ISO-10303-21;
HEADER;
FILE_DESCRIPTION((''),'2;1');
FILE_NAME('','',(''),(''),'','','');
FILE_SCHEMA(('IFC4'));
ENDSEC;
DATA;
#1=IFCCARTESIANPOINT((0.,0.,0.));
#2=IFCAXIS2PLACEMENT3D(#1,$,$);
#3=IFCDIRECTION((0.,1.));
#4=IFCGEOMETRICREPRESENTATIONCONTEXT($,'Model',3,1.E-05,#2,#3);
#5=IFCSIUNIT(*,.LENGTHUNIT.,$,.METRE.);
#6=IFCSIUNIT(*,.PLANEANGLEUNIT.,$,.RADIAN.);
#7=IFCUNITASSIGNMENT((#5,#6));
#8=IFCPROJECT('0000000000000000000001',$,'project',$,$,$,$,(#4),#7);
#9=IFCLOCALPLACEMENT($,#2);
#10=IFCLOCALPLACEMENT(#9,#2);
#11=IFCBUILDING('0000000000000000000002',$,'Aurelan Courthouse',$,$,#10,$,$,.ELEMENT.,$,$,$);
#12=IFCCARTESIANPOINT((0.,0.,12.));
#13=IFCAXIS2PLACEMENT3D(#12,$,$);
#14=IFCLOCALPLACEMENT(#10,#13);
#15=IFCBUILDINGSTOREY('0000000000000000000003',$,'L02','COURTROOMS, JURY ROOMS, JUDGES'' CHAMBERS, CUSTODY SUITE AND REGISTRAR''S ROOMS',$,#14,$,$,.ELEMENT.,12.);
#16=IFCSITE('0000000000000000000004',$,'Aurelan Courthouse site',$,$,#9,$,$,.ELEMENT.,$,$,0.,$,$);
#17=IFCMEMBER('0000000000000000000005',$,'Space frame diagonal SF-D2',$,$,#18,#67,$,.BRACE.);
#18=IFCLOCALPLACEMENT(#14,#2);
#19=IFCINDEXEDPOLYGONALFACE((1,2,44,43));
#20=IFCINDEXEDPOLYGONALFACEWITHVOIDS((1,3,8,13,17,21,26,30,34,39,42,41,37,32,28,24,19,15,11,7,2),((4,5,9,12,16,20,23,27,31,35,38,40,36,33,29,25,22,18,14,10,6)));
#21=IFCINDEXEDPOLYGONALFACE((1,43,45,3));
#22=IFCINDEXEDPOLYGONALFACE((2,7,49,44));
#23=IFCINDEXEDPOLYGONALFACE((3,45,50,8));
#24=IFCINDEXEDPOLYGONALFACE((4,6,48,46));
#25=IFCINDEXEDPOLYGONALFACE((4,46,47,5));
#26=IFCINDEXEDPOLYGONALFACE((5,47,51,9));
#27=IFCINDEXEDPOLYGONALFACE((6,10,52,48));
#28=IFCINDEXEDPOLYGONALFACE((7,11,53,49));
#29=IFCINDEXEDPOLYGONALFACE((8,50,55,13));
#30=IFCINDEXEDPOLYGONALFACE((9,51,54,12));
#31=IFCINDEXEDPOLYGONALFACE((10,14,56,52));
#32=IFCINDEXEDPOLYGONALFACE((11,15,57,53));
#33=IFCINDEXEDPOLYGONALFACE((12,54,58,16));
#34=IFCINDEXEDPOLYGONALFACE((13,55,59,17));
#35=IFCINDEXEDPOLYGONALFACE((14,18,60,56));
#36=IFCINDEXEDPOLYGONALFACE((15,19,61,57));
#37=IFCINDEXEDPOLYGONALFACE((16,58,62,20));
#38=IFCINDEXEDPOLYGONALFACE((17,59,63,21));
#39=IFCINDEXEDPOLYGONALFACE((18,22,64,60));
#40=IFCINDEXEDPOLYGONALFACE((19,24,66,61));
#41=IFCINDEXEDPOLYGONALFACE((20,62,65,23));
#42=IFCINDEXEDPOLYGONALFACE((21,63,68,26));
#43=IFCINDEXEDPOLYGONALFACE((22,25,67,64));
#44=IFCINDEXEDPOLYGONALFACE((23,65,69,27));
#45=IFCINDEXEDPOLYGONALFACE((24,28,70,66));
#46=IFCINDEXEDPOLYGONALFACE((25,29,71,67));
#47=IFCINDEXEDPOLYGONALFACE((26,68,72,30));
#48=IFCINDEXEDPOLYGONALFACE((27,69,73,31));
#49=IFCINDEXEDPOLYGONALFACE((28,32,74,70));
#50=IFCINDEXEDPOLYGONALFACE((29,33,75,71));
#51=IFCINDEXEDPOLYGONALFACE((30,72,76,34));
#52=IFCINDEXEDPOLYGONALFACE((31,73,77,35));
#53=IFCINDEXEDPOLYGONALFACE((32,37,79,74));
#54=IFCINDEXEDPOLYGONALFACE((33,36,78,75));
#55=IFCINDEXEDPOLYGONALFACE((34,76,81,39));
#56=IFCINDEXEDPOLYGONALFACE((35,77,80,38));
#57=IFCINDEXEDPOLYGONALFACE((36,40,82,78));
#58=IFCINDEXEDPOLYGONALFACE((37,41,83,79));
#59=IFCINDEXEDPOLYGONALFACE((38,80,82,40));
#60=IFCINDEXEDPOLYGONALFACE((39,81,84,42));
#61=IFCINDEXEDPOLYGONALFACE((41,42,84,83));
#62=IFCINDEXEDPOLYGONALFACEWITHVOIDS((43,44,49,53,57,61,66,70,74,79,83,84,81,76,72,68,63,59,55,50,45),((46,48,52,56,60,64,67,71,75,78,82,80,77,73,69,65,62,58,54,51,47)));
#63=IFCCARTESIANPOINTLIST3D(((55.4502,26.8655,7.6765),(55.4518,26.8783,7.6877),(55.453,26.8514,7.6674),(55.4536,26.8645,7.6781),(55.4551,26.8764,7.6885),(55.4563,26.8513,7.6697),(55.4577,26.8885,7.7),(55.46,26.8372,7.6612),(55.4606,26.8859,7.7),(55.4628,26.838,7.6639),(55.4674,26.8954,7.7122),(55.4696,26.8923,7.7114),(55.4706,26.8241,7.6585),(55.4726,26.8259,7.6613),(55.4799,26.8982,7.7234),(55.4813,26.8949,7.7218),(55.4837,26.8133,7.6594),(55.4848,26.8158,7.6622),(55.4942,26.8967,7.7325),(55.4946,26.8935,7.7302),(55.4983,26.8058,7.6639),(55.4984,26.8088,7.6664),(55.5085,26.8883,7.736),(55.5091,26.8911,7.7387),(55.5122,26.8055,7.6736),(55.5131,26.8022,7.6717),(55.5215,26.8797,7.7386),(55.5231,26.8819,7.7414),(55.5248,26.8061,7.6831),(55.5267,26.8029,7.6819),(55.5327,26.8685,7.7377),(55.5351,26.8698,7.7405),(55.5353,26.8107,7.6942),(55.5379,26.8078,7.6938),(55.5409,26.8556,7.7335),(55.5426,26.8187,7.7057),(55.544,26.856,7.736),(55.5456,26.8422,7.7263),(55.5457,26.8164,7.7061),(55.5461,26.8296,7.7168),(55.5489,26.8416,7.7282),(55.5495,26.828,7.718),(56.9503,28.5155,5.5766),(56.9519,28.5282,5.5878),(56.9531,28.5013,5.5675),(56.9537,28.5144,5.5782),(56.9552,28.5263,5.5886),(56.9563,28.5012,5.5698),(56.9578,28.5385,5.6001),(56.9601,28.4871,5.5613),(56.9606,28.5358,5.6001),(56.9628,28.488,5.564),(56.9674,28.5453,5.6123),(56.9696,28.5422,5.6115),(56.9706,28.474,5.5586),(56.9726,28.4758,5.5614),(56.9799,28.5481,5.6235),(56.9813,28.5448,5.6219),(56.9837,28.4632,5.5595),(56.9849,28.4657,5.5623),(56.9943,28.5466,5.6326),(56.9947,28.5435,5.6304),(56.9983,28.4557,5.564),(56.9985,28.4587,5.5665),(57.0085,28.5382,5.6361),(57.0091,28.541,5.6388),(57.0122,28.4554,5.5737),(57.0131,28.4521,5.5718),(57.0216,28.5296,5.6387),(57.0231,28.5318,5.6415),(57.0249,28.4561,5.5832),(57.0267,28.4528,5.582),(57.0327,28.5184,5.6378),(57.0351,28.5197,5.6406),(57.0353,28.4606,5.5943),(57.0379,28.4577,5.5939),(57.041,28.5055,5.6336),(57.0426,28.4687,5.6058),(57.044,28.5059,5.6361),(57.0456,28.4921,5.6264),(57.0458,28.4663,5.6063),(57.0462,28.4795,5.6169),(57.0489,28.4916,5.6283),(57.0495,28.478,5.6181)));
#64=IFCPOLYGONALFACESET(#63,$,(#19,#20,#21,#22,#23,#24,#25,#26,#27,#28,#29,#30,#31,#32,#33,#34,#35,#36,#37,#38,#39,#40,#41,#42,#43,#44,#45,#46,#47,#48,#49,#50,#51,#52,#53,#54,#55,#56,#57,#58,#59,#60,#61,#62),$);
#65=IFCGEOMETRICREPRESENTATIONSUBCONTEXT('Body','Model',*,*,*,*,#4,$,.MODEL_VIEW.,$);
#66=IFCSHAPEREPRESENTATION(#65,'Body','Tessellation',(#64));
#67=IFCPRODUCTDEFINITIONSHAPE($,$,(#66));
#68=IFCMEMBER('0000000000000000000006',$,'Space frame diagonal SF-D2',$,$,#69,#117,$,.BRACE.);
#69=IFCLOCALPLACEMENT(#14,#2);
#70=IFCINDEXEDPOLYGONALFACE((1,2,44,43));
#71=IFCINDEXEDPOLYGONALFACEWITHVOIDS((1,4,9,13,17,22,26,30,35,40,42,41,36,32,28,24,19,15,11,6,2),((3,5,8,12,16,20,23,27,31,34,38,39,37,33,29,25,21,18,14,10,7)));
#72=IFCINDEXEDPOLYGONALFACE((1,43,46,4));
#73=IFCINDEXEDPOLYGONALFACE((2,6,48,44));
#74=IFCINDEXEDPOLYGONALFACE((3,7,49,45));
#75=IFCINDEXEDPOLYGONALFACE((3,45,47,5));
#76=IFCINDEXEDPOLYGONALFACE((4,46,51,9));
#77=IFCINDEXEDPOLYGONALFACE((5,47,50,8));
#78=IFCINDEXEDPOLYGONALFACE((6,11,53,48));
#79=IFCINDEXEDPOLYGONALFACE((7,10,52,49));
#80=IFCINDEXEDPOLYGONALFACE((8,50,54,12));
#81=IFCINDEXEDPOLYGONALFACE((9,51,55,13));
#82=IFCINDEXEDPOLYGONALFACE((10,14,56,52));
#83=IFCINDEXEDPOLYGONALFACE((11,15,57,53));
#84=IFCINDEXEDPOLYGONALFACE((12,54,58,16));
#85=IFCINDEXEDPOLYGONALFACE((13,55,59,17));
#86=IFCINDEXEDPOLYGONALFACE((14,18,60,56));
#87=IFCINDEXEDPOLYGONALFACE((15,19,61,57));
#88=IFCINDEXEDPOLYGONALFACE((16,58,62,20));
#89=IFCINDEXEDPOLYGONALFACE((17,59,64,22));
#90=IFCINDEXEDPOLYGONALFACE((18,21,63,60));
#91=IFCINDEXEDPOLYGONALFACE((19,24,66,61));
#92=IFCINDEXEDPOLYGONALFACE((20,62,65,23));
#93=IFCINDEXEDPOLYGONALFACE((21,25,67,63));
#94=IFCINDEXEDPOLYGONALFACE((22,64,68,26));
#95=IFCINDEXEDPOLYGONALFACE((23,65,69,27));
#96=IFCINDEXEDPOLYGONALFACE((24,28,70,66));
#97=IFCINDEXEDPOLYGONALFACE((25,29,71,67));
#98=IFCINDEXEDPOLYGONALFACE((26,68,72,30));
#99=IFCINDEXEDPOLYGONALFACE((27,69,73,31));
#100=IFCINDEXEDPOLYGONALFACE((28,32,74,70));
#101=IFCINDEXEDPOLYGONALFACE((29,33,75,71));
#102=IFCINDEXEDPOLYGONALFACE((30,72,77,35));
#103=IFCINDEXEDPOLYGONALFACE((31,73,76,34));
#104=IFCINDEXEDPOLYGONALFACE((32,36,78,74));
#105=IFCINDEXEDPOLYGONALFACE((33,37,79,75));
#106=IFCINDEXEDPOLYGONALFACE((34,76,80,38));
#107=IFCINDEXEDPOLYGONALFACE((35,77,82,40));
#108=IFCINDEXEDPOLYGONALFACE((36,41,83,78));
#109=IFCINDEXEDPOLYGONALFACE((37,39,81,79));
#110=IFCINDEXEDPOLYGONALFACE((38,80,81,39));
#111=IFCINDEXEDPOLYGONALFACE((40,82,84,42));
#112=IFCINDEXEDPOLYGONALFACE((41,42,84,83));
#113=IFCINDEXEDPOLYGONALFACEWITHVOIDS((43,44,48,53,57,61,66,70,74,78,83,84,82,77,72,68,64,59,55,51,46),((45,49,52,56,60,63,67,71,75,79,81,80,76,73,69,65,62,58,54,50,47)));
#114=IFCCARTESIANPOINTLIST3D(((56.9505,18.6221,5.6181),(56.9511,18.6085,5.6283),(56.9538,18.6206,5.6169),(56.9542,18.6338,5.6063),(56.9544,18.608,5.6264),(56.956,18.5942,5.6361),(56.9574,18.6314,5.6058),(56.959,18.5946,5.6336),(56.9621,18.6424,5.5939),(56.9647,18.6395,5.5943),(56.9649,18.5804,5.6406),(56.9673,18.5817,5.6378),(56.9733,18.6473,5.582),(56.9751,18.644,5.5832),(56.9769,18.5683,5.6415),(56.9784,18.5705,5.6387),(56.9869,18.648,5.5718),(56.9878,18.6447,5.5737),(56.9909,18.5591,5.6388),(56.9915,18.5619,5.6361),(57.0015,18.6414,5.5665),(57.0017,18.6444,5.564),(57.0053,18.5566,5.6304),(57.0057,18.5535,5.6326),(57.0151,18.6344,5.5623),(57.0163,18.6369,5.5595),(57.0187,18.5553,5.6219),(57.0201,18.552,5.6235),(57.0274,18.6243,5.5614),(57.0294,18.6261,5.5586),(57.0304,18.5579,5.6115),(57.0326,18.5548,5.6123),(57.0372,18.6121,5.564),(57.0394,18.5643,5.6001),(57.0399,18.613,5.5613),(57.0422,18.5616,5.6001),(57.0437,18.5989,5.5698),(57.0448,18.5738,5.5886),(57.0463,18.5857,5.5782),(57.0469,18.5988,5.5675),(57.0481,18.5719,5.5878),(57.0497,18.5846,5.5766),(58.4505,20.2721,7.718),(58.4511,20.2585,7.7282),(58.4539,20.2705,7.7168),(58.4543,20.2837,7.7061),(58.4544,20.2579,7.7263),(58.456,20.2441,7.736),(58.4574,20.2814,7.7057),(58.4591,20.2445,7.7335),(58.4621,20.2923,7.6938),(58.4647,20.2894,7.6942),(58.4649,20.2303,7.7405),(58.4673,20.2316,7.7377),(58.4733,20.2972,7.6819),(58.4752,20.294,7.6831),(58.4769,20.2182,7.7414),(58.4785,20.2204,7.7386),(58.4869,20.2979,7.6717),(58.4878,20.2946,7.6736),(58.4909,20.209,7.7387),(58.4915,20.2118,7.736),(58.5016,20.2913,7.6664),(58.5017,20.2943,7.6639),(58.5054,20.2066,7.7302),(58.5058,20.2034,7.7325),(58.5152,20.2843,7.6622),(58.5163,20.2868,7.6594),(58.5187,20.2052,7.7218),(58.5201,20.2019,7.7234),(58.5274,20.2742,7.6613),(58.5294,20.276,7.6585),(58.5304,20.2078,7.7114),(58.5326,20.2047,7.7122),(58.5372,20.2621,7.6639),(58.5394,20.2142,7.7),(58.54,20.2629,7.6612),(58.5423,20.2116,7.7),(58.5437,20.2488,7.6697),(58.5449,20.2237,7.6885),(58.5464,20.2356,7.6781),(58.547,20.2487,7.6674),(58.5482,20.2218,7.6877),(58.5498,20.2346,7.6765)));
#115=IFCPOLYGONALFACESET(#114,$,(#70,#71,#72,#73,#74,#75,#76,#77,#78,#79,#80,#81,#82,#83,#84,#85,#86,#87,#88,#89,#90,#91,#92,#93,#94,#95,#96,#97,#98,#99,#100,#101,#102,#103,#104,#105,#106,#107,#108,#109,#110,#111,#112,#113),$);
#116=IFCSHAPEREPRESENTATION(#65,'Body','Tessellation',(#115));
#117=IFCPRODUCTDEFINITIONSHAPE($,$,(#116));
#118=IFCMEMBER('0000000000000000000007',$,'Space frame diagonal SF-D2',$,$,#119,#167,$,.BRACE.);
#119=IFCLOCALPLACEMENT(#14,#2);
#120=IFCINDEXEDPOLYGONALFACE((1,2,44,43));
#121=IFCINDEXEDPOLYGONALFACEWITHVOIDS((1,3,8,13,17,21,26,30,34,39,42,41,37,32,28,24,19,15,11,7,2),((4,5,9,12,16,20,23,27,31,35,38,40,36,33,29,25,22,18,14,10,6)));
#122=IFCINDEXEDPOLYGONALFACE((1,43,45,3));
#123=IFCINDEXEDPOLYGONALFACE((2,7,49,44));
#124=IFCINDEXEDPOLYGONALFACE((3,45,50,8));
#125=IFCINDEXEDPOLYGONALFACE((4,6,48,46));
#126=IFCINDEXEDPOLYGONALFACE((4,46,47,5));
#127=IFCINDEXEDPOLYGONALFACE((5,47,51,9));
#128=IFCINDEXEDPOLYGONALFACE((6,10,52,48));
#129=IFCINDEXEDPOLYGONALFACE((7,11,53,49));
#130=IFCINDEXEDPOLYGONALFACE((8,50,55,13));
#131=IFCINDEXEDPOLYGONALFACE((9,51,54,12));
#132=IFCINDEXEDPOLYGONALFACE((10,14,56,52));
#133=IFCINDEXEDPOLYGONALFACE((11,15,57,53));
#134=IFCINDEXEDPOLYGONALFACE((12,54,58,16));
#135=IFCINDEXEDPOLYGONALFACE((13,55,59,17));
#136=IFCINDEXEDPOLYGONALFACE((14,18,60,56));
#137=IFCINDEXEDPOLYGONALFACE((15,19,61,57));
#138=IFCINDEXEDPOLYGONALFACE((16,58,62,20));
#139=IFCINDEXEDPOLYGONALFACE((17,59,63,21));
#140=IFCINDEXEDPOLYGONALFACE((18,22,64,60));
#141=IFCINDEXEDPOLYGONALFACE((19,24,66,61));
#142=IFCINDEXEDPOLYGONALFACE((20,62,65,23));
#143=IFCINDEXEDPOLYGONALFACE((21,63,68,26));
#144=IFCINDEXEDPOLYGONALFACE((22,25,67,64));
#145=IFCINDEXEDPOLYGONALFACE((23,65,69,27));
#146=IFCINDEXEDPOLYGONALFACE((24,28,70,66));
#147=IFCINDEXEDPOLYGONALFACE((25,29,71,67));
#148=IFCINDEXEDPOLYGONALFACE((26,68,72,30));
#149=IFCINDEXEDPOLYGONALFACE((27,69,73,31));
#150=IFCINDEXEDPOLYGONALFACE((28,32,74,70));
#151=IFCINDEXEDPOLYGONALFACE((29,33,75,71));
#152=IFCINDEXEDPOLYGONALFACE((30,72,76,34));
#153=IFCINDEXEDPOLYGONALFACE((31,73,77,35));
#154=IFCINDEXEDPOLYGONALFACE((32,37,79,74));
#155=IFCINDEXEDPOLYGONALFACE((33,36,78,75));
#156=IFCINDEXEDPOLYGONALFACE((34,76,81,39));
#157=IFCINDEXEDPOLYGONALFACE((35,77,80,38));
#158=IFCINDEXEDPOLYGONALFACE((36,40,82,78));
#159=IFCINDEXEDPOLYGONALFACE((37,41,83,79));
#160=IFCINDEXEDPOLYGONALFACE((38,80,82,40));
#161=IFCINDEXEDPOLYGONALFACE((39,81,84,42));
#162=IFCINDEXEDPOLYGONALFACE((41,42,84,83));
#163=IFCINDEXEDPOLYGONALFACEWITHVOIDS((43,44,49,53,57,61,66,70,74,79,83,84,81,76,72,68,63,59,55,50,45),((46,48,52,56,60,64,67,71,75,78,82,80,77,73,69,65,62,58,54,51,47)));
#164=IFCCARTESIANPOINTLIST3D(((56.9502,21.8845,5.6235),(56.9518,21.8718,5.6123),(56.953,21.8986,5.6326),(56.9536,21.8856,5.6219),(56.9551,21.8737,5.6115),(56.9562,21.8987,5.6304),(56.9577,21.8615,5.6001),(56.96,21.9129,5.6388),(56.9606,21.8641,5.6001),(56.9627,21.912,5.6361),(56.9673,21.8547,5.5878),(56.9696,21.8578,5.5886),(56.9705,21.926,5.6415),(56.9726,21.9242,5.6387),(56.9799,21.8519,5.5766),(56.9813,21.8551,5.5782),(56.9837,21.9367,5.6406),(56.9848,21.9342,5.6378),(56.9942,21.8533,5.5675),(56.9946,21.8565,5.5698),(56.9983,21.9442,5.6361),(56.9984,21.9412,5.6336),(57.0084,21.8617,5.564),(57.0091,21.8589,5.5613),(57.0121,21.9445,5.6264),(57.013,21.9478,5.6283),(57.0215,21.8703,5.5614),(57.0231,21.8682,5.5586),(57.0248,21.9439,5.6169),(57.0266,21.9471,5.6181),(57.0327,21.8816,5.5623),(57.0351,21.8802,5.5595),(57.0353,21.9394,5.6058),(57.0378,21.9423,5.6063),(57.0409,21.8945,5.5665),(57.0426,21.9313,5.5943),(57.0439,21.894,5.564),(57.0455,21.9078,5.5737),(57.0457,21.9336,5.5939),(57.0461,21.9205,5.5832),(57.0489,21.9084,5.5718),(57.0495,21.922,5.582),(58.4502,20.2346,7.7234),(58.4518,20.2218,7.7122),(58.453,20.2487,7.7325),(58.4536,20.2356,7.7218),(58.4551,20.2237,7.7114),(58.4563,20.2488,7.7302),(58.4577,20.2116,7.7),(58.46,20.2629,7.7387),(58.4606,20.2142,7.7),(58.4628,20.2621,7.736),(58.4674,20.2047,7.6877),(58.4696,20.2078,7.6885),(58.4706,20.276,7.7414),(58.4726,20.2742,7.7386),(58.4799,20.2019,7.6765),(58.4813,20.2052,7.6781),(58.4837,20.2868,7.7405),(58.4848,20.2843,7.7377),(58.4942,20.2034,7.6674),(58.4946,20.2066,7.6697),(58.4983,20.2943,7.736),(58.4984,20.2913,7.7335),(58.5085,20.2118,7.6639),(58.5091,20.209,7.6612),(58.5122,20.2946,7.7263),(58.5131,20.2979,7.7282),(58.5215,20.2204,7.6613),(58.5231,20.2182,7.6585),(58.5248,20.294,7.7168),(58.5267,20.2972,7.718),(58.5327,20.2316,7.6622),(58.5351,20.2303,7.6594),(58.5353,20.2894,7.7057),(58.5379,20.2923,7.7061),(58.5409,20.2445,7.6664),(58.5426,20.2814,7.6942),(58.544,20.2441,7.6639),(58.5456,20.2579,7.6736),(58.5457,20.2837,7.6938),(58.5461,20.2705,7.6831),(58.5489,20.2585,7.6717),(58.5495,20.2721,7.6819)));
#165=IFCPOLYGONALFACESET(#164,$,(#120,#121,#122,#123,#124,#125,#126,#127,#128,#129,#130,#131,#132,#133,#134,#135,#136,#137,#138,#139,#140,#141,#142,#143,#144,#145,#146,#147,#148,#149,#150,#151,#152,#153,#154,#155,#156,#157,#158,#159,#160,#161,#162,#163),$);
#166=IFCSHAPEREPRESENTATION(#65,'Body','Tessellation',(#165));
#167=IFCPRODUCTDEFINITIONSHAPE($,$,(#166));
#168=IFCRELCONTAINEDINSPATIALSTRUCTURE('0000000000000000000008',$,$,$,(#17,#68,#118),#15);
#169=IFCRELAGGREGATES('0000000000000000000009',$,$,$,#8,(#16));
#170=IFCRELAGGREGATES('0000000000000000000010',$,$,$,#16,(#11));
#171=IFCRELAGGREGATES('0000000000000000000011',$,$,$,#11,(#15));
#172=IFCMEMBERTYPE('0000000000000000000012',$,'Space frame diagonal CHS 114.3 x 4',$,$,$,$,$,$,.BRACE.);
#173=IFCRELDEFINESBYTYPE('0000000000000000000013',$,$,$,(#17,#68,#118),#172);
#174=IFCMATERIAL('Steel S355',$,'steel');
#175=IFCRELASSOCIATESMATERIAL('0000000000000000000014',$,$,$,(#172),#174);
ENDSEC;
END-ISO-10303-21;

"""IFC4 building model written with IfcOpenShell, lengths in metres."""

from ifc_helpers import new_model, si_unit, direction, frame, origin, origin_2d, place, context, subcontext, project, spatial, hollow_circle, extrude, material, material_profile, profile_set, type_object, element, save


model = new_model("IFC4")

# Units and contexts
model_context = context("Model", 3, precision=1e-05, world=origin(), true_north=direction((0.0, 1.0)))
body_context = subcontext(model_context, "Body", "Model", "MODEL_VIEW")
ifc_project = project(units=[si_unit("LENGTHUNIT", "METRE"), si_unit("PLANEANGLEUNIT", "RADIAN")], contexts=[model_context])

# Site, building, storey
site_placement = place(None, origin())
site = spatial("IfcSite", under=ifc_project, at=site_placement, Name="Aurelan Courthouse site", CompositionType="ELEMENT", RefElevation=0.0)
building_placement = place(site_placement, origin())
building = spatial("IfcBuilding", under=site, at=building_placement, Name="Aurelan Courthouse", CompositionType="ELEMENT")
storey_placement = place(building_placement, frame((0.0, 0.0, 12.0)))
storey = spatial("IfcBuildingStorey", under=building, at=storey_placement, Name="L02", Description="COURTROOMS, JURY ROOMS, JUDGES' CHAMBERS, CUSTODY SUITE AND REGISTRAR'S ROOMS", CompositionType="ELEMENT", Elevation=12.0)

# Members
ifc_material_1 = material(Name="Steel S355", Category="steel")
ifc_material_profile_1 = material_profile(ifc_material_1, hollow_circle(Radius=0.0571, WallThickness=0.0039, at=origin_2d()), Name="CHS 114.3 x 4")
ifc_profile_set_1 = profile_set([ifc_material_profile_1], Name="Steel S355")
member_type_1 = type_object("IfcMemberType", Name="Space frame diagonal CHS 114.3 x 4", PredefinedType="BRACE", material=ifc_profile_set_1)
for number, where, z_axis, x_axis, name in (
    (1, (55.5, 26.8501, 7.7), (0.489727, 0.538667, -0.685569), (-0.73992, 0.672695, 0.0), "Space frame diagonal SF-D2"),
    (2, (58.5, 20.25, 7.7), (-0.489727, -0.538667, -0.685569), (0.73992, -0.672695, 0.0), "Space frame diagonal SF-D2"),
    (3, (58.5, 20.25, 7.7), (-0.489727, 0.538667, -0.685569), (-0.73992, -0.672695, 0.0), "Space frame diagonal SF-D2"),
):
    element("IfcMember", number, at=place(storey_placement, frame(where, z_axis=z_axis, x_axis=x_axis)), inside=storey, type_object=member_type_1, Name=name, PredefinedType="BRACE", context=body_context, shape_type="SweptSolid", body=[
        extrude(hollow_circle(Radius=0.0571, WallThickness=0.0039, at=origin_2d()), origin(), (0.0, 0.0, 1.0), 3.063),
    ])

save(model, "model.ifc")
